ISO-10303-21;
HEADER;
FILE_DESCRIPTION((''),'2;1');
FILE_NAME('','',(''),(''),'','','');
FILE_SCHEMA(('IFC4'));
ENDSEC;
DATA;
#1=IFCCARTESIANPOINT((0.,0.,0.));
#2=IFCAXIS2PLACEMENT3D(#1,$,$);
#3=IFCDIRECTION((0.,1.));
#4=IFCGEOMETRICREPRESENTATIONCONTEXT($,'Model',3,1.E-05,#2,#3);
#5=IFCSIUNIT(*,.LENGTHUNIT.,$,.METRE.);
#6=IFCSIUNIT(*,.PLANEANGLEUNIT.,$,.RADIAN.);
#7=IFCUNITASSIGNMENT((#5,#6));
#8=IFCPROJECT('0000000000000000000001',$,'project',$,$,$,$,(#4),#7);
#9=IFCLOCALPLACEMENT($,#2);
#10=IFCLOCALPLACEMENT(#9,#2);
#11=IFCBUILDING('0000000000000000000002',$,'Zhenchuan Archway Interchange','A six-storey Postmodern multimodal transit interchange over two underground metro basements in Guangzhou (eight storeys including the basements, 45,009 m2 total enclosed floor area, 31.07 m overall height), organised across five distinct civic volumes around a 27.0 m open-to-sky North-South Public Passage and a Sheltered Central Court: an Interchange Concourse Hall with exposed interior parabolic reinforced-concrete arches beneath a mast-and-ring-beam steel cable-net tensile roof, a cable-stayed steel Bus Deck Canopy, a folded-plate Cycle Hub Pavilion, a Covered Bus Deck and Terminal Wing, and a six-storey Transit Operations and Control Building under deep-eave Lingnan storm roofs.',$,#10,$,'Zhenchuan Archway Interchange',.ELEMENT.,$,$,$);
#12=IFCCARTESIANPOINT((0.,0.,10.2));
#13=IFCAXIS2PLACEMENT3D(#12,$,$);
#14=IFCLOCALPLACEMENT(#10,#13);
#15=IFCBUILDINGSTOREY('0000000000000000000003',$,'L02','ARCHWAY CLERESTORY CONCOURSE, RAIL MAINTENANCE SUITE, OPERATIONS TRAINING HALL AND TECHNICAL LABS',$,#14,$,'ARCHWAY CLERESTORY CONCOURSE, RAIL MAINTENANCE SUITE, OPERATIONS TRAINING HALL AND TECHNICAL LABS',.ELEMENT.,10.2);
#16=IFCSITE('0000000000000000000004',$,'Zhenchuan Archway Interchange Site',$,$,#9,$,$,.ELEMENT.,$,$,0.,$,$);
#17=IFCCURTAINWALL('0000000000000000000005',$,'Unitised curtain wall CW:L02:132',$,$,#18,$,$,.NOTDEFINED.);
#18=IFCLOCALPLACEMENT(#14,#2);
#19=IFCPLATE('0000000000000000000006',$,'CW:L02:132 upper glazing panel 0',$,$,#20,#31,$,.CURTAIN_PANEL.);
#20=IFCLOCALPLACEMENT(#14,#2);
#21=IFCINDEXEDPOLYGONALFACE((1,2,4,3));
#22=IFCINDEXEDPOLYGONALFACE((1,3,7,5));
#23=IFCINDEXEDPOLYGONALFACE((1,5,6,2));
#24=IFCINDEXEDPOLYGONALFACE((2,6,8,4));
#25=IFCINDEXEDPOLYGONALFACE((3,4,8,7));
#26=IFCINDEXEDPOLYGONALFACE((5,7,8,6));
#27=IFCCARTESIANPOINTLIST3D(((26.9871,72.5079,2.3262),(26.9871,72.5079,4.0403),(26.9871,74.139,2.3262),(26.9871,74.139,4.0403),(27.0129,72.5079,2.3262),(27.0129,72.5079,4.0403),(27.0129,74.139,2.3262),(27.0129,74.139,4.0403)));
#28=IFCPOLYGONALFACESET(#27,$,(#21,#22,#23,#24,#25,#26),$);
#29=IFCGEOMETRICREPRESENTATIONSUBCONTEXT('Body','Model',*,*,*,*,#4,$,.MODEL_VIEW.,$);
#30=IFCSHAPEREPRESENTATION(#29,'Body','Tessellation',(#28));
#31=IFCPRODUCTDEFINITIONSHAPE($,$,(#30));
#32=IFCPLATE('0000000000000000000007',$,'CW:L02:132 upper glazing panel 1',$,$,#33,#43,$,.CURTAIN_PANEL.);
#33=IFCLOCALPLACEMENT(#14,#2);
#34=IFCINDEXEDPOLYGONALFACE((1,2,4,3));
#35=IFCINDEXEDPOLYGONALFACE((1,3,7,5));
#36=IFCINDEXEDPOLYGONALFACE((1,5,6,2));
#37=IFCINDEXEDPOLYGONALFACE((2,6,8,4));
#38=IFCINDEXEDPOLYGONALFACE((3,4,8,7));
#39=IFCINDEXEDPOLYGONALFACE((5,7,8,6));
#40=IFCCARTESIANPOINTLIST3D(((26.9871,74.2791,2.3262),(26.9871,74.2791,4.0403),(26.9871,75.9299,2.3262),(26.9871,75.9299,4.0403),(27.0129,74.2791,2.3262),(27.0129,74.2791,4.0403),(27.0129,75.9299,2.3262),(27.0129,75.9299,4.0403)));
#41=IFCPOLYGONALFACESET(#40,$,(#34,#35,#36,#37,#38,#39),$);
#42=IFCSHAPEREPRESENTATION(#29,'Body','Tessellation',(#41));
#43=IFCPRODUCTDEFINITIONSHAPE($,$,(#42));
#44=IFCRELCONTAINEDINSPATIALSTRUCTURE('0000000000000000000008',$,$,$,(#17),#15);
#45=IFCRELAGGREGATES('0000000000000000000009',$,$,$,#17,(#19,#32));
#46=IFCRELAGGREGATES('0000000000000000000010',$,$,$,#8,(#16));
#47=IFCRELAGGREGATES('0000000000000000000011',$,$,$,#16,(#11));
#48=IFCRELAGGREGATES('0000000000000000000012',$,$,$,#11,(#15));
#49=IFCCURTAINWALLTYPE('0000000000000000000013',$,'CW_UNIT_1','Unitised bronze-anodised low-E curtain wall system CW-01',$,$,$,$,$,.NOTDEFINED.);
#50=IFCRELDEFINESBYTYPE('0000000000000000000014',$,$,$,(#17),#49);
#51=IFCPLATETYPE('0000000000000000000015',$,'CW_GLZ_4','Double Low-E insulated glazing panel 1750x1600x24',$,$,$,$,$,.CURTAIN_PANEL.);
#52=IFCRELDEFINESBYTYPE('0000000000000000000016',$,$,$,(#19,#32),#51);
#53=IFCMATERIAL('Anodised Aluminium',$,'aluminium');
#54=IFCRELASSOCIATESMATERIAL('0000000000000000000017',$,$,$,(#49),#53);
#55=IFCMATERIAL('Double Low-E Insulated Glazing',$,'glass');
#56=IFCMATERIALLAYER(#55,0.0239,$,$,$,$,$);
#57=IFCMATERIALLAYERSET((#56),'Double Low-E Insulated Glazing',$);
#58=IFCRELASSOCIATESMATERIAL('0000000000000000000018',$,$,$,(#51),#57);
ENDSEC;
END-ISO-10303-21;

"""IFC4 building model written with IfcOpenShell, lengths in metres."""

from ifc_helpers import new_model, si_unit, direction, frame, origin, origin_2d, place, context, subcontext, project, spatial, rectangle, extrude, material, layer, layer_set, type_object, element, aggregate, save


model = new_model("IFC4")

# Units and contexts
model_context = context("Model", 3, precision=1e-05, world=origin(), true_north=direction((0.0, 1.0)))
body_context = subcontext(model_context, "Body", "Model", "MODEL_VIEW")
ifc_project = project(units=[si_unit("LENGTHUNIT", "METRE"), si_unit("PLANEANGLEUNIT", "RADIAN")], contexts=[model_context])

# Site, building, storey
site_placement = place(None, origin())
site = spatial("IfcSite", under=ifc_project, at=site_placement, Name="Zhenchuan Archway Interchange Site", CompositionType="ELEMENT", RefElevation=0.0)
building_placement = place(site_placement, origin())
building = spatial("IfcBuilding", under=site, at=building_placement, Name="Zhenchuan Archway Interchange", Description="A six-storey Postmodern multimodal transit interchange over two underground metro basements in Guangzhou (eight storeys including the basements, 45,009 m2 total enclosed floor area, 31.07 m overall height), organised across five distinct civic volumes around a 27.0 m open-to-sky North-South Public Passage and a Sheltered Central Court: an Interchange Concourse Hall with exposed interior parabolic reinforced-concrete arches beneath a mast-and-ring-beam steel cable-net tensile roof, a cable-stayed steel Bus Deck Canopy, a folded-plate Cycle Hub Pavilion, a Covered Bus Deck and Terminal Wing, and a six-storey Transit Operations and Control Building under deep-eave Lingnan storm roofs.", LongName="Zhenchuan Archway Interchange", CompositionType="ELEMENT")
storey_placement = place(building_placement, frame((0.0, 0.0, 10.2)))
storey = spatial("IfcBuildingStorey", under=building, at=storey_placement, Name="L02", Description="ARCHWAY CLERESTORY CONCOURSE, RAIL MAINTENANCE SUITE, OPERATIONS TRAINING HALL AND TECHNICAL LABS", LongName="ARCHWAY CLERESTORY CONCOURSE, RAIL MAINTENANCE SUITE, OPERATIONS TRAINING HALL AND TECHNICAL LABS", CompositionType="ELEMENT", Elevation=10.2)

# Curtain wall
ifc_material_1 = material(Name="Anodised Aluminium", Category="aluminium")
curtain_wall_type = type_object("IfcCurtainWallType", Name="CW_UNIT_1", Description="Unitised bronze-anodised low-E curtain wall system CW-01", PredefinedType="NOTDEFINED", material=ifc_material_1)
curtain_wall_placement = place(storey_placement, origin())
curtain_wall = element("IfcCurtainWall", 1, at=curtain_wall_placement, inside=storey, type_object=curtain_wall_type, Name="Unitised curtain wall CW:L02:132", PredefinedType="NOTDEFINED")

# Plates
ifc_material_2 = material(Name="Double Low-E Insulated Glazing", Category="glass")
ifc_layer_1 = layer(ifc_material_2, 0.0239)
ifc_layer_set_1 = layer_set([ifc_layer_1], Name="Double Low-E Insulated Glazing")
plate_type_1 = type_object("IfcPlateType", Name="CW_GLZ_4", Description="Double Low-E insulated glazing panel 1750x1600x24", PredefinedType="CURTAIN_PANEL", material=ifc_layer_set_1)
plate_1_placement = place(storey_placement, frame((27.0, 73.3235, 2.3262), z_axis=(0.0, 0.0, 1.0), x_axis=(0.0, 1.0, 0.0)))
plate_1 = element("IfcPlate", 2, at=plate_1_placement, type_object=plate_type_1, Name="CW:L02:132 upper glazing panel 0", PredefinedType="CURTAIN_PANEL", context=body_context, shape_type="SweptSolid", body=[
    extrude(rectangle(XDim=1.6311, YDim=0.0259, at=origin_2d()), origin(), (0.0, 0.0, 1.0), 1.7141),
])
plate_2_placement = place(storey_placement, frame((27.0, 75.1045, 2.3262), z_axis=(0.0, 0.0, 1.0), x_axis=(0.0, 1.0, 0.0)))
plate_2 = element("IfcPlate", 3, at=plate_2_placement, type_object=plate_type_1, Name="CW:L02:132 upper glazing panel 1", PredefinedType="CURTAIN_PANEL", context=body_context, shape_type="SweptSolid", body=[
    extrude(rectangle(XDim=1.6509, YDim=0.0259, at=origin_2d()), origin(), (0.0, 0.0, 1.0), 1.7141),
])
aggregate(curtain_wall, [plate_1, plate_2])

save(model, "model.ifc")
